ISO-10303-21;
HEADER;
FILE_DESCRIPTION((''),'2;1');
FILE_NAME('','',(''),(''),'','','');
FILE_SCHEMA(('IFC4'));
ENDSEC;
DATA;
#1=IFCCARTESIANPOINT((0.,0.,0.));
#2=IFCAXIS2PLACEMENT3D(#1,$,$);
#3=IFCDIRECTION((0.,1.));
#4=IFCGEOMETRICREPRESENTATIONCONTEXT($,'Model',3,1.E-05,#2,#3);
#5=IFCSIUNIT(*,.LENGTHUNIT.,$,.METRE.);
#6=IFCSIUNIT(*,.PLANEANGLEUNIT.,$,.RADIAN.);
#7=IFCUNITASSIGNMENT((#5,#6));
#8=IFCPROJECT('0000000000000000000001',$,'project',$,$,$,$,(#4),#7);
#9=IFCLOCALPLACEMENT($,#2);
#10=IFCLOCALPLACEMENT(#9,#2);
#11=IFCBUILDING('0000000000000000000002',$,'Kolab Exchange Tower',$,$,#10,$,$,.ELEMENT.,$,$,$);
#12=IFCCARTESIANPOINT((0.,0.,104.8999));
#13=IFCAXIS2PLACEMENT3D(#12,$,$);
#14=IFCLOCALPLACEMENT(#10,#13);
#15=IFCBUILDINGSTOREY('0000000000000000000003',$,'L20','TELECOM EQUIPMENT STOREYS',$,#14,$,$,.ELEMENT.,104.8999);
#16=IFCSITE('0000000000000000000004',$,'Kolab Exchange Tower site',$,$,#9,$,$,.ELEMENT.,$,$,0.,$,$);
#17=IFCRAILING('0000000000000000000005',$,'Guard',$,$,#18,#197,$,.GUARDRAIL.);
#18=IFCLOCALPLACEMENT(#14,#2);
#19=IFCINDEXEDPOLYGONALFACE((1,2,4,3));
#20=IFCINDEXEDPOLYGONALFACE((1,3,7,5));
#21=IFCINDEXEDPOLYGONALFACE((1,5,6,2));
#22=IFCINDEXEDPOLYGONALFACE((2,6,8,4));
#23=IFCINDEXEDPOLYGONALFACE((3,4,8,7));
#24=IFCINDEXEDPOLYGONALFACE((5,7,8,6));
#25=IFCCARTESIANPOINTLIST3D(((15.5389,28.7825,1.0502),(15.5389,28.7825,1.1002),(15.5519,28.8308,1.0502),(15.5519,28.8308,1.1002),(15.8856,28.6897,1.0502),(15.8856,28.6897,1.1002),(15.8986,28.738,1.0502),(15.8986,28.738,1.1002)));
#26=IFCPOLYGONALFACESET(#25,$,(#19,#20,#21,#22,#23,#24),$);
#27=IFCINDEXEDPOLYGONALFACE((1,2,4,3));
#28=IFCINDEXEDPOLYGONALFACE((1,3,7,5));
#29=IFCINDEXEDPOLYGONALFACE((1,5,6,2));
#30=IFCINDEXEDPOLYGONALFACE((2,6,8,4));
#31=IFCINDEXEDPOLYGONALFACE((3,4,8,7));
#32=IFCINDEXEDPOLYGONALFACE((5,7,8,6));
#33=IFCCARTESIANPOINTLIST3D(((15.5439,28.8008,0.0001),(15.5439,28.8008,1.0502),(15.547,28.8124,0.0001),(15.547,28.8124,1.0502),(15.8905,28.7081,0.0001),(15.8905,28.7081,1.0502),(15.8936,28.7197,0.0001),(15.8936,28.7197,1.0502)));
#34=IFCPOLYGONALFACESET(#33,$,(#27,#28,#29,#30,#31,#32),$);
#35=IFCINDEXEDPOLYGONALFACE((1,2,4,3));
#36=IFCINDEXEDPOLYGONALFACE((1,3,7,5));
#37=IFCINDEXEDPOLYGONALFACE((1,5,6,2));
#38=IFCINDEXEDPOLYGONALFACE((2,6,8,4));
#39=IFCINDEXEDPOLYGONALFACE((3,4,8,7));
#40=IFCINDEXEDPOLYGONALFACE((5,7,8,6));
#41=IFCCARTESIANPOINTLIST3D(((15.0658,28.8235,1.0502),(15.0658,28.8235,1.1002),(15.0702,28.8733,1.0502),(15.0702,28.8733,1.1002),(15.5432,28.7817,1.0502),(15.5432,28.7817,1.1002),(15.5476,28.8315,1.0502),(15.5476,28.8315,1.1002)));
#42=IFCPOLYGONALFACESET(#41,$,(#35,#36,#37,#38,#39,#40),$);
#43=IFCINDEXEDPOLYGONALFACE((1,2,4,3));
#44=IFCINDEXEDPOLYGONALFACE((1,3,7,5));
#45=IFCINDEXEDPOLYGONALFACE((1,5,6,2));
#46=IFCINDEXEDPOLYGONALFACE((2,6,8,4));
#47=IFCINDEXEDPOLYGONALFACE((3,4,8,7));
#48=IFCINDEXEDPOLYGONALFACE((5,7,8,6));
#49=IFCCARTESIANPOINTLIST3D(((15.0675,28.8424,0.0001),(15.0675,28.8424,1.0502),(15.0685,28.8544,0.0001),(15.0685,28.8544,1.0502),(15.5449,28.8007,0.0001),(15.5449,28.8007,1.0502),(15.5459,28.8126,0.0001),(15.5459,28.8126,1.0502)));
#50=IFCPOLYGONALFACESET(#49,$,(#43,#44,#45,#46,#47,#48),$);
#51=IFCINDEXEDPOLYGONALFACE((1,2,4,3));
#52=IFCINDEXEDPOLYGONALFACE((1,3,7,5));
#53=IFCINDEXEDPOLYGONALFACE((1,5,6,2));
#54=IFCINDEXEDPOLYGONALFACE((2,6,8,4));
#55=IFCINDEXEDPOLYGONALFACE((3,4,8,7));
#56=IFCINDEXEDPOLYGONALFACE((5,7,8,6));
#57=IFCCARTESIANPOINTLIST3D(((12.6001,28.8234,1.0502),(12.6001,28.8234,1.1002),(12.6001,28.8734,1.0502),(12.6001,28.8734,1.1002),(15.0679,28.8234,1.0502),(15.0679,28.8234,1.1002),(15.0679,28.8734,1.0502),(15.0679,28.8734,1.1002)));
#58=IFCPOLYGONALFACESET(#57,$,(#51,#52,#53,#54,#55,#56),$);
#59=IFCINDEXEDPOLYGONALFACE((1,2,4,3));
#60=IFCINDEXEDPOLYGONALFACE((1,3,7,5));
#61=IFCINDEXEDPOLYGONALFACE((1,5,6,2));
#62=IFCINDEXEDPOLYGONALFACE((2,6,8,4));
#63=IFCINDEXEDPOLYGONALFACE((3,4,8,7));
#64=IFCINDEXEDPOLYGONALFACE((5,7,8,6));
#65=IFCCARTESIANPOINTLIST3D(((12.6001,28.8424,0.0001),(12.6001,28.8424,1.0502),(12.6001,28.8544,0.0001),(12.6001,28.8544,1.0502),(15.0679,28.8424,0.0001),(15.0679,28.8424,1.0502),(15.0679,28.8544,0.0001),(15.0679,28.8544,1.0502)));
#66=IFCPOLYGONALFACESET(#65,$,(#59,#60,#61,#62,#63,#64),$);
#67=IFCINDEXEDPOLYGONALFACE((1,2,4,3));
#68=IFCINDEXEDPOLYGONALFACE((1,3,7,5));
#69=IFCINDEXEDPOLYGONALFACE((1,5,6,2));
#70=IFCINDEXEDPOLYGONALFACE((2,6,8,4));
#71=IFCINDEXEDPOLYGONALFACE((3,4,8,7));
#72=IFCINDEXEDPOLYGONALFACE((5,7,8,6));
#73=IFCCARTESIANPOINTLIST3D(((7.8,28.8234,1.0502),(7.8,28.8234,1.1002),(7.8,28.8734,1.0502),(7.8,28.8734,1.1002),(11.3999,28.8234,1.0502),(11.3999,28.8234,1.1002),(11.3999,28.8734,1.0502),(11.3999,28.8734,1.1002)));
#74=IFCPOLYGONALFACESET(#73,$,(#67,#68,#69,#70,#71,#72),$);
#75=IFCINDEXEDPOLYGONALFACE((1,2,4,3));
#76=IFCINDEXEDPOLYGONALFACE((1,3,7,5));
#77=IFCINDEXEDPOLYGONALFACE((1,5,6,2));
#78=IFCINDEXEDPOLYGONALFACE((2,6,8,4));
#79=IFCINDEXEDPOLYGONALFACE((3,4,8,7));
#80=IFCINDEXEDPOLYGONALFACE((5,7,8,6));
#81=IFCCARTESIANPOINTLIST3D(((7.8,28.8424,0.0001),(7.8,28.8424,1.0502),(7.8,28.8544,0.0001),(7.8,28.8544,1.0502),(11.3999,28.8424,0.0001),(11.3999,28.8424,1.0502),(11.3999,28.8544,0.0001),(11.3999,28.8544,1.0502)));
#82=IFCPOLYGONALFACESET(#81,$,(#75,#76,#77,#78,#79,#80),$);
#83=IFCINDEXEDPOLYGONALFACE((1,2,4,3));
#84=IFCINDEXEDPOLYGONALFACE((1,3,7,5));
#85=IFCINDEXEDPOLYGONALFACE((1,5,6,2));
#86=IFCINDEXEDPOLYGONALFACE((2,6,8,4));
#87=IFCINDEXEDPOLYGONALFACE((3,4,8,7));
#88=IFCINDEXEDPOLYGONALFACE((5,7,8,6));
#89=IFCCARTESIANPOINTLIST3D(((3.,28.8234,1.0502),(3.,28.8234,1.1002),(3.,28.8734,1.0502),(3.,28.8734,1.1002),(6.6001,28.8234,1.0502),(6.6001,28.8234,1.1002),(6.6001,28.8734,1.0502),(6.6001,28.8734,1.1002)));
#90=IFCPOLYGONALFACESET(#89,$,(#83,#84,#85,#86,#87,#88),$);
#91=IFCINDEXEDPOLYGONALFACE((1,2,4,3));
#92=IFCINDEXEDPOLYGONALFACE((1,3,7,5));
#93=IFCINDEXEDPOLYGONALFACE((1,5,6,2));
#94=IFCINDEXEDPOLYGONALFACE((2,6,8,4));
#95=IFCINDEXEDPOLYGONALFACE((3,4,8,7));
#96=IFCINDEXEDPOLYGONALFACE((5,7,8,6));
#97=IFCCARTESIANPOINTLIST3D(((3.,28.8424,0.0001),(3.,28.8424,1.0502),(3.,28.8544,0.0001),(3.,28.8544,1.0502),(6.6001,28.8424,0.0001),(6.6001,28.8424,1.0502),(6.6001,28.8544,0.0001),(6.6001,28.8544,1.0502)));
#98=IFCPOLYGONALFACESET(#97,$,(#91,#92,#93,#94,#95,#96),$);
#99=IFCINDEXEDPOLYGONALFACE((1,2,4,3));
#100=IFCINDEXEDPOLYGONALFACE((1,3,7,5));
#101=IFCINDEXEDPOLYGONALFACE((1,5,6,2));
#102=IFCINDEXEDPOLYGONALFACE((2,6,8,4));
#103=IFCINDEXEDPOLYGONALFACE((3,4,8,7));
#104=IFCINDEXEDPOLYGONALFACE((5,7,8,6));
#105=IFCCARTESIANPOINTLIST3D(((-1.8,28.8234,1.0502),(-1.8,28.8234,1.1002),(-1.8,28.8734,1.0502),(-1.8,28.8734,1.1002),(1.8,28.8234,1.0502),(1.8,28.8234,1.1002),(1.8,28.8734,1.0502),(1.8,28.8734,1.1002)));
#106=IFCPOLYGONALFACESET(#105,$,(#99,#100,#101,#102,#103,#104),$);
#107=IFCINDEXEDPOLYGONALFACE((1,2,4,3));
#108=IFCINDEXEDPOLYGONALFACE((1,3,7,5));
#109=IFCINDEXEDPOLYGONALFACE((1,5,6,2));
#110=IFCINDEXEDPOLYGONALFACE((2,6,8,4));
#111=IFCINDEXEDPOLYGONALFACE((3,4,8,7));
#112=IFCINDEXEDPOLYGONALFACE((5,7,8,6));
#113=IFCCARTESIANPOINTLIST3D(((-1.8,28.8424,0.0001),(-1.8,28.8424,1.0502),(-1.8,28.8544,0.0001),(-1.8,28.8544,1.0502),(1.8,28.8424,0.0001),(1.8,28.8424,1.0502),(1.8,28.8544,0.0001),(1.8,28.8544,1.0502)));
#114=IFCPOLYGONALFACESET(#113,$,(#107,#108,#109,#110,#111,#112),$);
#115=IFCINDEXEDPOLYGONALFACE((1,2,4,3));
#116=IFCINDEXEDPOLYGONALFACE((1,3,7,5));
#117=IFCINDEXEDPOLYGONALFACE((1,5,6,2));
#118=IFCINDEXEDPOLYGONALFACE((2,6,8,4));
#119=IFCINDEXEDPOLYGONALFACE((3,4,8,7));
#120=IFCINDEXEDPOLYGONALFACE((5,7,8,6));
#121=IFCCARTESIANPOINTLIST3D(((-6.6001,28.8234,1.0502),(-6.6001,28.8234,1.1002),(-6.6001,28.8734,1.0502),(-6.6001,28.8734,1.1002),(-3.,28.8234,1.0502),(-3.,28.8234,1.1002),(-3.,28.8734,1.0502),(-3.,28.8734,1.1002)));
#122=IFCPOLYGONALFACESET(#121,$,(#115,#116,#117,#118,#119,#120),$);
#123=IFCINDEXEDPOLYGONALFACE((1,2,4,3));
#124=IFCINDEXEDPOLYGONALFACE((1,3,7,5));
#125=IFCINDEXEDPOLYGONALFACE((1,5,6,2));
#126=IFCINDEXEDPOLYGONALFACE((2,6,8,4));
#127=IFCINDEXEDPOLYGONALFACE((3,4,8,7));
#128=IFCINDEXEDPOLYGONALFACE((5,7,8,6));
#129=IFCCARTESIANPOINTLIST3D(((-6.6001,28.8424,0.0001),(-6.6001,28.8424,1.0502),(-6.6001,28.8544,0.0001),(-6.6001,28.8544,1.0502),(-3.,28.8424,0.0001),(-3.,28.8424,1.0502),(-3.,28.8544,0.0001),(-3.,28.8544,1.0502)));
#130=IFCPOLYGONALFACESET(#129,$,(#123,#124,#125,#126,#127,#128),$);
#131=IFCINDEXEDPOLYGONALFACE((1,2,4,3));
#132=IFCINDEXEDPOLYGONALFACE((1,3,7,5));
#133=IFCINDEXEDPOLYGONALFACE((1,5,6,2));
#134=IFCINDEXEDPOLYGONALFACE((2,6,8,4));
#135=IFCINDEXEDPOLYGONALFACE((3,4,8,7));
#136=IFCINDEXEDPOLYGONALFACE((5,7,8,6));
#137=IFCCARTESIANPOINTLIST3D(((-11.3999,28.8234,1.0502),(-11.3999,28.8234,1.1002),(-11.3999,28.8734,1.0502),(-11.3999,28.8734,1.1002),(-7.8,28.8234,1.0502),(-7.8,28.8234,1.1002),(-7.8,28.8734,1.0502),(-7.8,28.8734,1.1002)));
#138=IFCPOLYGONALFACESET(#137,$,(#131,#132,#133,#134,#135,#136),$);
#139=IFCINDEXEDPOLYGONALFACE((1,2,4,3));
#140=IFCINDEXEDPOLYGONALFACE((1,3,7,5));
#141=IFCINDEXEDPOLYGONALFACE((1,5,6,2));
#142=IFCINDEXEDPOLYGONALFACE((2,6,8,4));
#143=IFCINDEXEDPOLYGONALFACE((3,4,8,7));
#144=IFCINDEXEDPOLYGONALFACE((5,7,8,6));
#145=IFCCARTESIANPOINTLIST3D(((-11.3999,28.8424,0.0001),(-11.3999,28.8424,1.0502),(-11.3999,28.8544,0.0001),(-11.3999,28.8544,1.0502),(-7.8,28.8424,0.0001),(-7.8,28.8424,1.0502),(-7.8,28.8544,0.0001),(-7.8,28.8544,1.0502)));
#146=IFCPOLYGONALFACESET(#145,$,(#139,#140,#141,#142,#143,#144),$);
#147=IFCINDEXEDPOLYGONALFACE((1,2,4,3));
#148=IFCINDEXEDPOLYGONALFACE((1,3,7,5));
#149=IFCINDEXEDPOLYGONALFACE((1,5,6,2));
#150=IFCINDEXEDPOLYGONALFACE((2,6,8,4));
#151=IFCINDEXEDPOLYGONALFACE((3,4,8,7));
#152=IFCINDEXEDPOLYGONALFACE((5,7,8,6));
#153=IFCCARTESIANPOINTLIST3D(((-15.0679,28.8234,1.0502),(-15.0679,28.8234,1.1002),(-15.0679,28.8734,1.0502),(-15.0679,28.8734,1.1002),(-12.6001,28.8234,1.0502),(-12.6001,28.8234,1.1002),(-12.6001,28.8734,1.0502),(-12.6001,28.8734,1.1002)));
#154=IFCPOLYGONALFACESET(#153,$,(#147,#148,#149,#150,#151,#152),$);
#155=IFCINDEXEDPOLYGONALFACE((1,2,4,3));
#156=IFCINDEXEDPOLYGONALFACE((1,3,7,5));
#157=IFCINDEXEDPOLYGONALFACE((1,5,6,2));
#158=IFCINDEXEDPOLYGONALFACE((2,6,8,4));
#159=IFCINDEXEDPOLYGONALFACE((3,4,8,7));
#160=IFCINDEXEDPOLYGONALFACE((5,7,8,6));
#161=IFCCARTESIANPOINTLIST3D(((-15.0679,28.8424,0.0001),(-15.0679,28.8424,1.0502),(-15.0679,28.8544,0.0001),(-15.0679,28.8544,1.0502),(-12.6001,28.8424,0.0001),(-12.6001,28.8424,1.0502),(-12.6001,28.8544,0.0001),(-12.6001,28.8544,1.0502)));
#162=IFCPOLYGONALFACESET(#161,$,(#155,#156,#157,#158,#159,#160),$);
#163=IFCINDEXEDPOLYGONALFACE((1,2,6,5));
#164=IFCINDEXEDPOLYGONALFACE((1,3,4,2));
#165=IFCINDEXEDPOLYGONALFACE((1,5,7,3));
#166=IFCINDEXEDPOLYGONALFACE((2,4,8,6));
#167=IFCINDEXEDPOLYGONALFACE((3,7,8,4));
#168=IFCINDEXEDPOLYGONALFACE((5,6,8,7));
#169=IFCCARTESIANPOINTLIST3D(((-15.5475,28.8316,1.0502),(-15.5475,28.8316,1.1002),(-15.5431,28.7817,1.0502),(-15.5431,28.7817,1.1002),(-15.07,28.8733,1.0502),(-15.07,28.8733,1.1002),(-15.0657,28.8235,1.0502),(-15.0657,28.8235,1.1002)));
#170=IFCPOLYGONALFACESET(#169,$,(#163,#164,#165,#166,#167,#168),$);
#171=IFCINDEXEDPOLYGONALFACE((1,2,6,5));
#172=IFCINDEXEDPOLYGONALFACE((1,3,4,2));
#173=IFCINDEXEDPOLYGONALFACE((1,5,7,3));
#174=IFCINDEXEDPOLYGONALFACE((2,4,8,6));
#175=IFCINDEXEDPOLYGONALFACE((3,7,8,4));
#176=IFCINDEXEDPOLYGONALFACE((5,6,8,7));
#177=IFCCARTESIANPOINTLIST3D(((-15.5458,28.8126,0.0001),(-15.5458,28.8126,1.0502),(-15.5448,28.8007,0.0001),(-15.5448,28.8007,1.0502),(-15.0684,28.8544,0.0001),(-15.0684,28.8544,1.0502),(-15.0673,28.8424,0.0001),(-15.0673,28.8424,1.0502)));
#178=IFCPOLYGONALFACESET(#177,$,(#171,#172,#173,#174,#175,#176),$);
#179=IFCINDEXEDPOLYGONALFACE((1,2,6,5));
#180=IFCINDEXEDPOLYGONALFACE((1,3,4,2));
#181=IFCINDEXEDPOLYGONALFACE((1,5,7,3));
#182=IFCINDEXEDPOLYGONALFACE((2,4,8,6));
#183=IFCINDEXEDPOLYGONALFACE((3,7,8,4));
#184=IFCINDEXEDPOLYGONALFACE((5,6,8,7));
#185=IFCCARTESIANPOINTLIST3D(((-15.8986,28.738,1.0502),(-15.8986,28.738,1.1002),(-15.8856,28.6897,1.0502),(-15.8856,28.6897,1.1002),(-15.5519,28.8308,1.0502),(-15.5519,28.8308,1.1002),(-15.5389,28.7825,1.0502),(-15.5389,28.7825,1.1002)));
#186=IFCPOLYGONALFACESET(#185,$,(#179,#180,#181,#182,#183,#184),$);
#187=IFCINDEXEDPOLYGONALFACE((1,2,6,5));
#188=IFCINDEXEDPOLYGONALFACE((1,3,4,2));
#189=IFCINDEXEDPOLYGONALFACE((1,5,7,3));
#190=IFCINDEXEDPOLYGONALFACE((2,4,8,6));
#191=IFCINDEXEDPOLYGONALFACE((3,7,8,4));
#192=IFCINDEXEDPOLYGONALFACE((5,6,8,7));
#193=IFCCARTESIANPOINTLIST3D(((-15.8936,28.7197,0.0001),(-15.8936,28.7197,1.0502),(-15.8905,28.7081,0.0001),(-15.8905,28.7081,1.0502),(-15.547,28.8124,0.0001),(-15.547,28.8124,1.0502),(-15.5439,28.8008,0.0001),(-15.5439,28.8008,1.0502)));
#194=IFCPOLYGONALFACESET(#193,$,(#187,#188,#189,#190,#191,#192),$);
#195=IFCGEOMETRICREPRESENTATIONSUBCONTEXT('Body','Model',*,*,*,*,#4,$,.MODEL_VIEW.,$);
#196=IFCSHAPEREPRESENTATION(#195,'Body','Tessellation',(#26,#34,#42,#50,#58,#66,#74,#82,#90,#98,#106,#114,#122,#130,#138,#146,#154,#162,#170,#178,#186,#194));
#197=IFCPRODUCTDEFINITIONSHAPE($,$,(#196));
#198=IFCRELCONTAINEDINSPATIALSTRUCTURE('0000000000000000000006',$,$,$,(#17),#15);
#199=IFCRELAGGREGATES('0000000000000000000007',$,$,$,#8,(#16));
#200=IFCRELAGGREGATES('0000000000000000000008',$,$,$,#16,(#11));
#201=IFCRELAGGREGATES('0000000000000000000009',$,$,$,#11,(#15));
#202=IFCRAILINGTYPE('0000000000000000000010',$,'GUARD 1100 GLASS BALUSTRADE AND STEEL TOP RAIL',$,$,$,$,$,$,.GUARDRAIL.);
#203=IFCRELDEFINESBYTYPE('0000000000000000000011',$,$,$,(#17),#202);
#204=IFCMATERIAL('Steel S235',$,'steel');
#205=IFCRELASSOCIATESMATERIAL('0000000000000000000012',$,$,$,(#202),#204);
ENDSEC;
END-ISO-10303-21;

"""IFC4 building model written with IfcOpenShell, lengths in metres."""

from ifc_helpers import new_model, si_unit, direction, frame, frame_2d, origin, origin_2d, place, context, subcontext, project, spatial, rectangle, extrude, material, type_object, element, save


model = new_model("IFC4")

# Units and contexts
model_context = context("Model", 3, precision=1e-05, world=origin(), true_north=direction((0.0, 1.0)))
body_context = subcontext(model_context, "Body", "Model", "MODEL_VIEW")
ifc_project = project(units=[si_unit("LENGTHUNIT", "METRE"), si_unit("PLANEANGLEUNIT", "RADIAN")], contexts=[model_context])

# Site, building, storey
site_placement = place(None, origin())
site = spatial("IfcSite", under=ifc_project, at=site_placement, Name="Kolab Exchange Tower site", CompositionType="ELEMENT", RefElevation=0.0)
building_placement = place(site_placement, origin())
building = spatial("IfcBuilding", under=site, at=building_placement, Name="Kolab Exchange Tower", CompositionType="ELEMENT")
storey_placement = place(building_placement, frame((0.0, 0.0, 104.8999)))
storey = spatial("IfcBuildingStorey", under=building, at=storey_placement, Name="L20", Description="TELECOM EQUIPMENT STOREYS", CompositionType="ELEMENT", Elevation=104.8999)

# Railing
ifc_material_1 = material(Name="Steel S235", Category="steel")
railing_type = type_object("IfcRailingType", Name="GUARD 1100 GLASS BALUSTRADE AND STEEL TOP RAIL", PredefinedType="GUARDRAIL", material=ifc_material_1)
railing_placement = place(storey_placement, frame((15.8921, 28.7139, 0.0)))
element("IfcRailing", 1, at=railing_placement, inside=storey, type_object=railing_type, Name="Guard", PredefinedType="GUARDRAIL", context=body_context, shape_type="SweptSolid", body=[
    extrude(rectangle(XDim=0.05, YDim=0.05, at=origin_2d()), frame((0.0, 0.0, 1.0752), z_axis=(-0.966009, 0.258509, 0.0), x_axis=(-0.258509, -0.966009, 0.0)), (0.0, 0.0, 1.0), 0.3589),
    extrude(rectangle(XDim=0.012, YDim=1.0501, at=frame_2d((0.0, 0.5251))), frame((0.0, 0.0, 0.0), z_axis=(-0.966009, 0.258509, 0.0), x_axis=(-0.258509, -0.966009, 0.0)), (0.0, 0.0, 1.0), 0.3589),
    extrude(rectangle(XDim=0.05, YDim=0.05, at=origin_2d()), frame((-0.3467, 0.0928, 1.0752), z_axis=(-0.9962, 0.087091, 0.0), x_axis=(-0.087091, -0.9962, 0.0)), (0.0, 0.0, 1.0), 0.4792),
    extrude(rectangle(XDim=0.012, YDim=1.0501, at=frame_2d((0.0, 0.5251))), frame((-0.3467, 0.0928, 0.0), z_axis=(-0.9962, 0.087091, 0.0), x_axis=(-0.087091, -0.9962, 0.0)), (0.0, 0.0, 1.0), 0.4792),
    extrude(rectangle(XDim=0.05, YDim=0.05, at=origin_2d()), frame((-0.8242, 0.1345, 1.0752), z_axis=(-1.0, 0.0, 0.0), x_axis=(0.0, -1.0, 0.0)), (0.0, 0.0, 1.0), 2.4678),
    extrude(rectangle(XDim=0.012, YDim=1.0501, at=frame_2d((0.0, 0.5251))), frame((-0.8242, 0.1345, 0.0), z_axis=(-1.0, 0.0, 0.0), x_axis=(0.0, -1.0, 0.0)), (0.0, 0.0, 1.0), 2.4678),
    extrude(rectangle(XDim=0.05, YDim=0.05, at=origin_2d()), frame((-4.4922, 0.1345, 1.0752), z_axis=(-1.0, 0.0, 0.0), x_axis=(0.0, -1.0, 0.0)), (0.0, 0.0, 1.0), 3.5999),
    extrude(rectangle(XDim=0.012, YDim=1.0501, at=frame_2d((0.0, 0.5251))), frame((-4.4922, 0.1345, 0.0), z_axis=(-1.0, 0.0, 0.0), x_axis=(0.0, -1.0, 0.0)), (0.0, 0.0, 1.0), 3.5999),
    extrude(rectangle(XDim=0.05, YDim=0.05, at=origin_2d()), frame((-9.292, 0.1345, 1.0752), z_axis=(-1.0, 0.0, 0.0), x_axis=(0.0, -1.0, 0.0)), (0.0, 0.0, 1.0), 3.6001),
    extrude(rectangle(XDim=0.012, YDim=1.0501, at=frame_2d((0.0, 0.5251))), frame((-9.292, 0.1345, 0.0), z_axis=(-1.0, 0.0, 0.0), x_axis=(0.0, -1.0, 0.0)), (0.0, 0.0, 1.0), 3.6001),
    extrude(rectangle(XDim=0.05, YDim=0.05, at=origin_2d()), frame((-14.092, 0.1345, 1.0752), z_axis=(-1.0, 0.0, 0.0), x_axis=(0.0, -1.0, 0.0)), (0.0, 0.0, 1.0), 3.6001),
    extrude(rectangle(XDim=0.012, YDim=1.0501, at=frame_2d((0.0, 0.5251))), frame((-14.092, 0.1345, 0.0), z_axis=(-1.0, 0.0, 0.0), x_axis=(0.0, -1.0, 0.0)), (0.0, 0.0, 1.0), 3.6001),
    extrude(rectangle(XDim=0.05, YDim=0.05, at=origin_2d()), frame((-18.8921, 0.1345, 1.0752), z_axis=(-1.0, 0.0, 0.0), x_axis=(0.0, -1.0, 0.0)), (0.0, 0.0, 1.0), 3.6001),
    extrude(rectangle(XDim=0.012, YDim=1.0501, at=frame_2d((0.0, 0.5251))), frame((-18.8921, 0.1345, 0.0), z_axis=(-1.0, 0.0, 0.0), x_axis=(0.0, -1.0, 0.0)), (0.0, 0.0, 1.0), 3.6001),
    extrude(rectangle(XDim=0.05, YDim=0.05, at=origin_2d()), frame((-23.6921, 0.1345, 1.0752), z_axis=(-1.0, 0.0, 0.0), x_axis=(0.0, -1.0, 0.0)), (0.0, 0.0, 1.0), 3.5999),
    extrude(rectangle(XDim=0.012, YDim=1.0501, at=frame_2d((0.0, 0.5251))), frame((-23.6921, 0.1345, 0.0), z_axis=(-1.0, 0.0, 0.0), x_axis=(0.0, -1.0, 0.0)), (0.0, 0.0, 1.0), 3.5999),
    extrude(rectangle(XDim=0.05, YDim=0.05, at=origin_2d()), frame((-28.4922, 0.1345, 1.0752), z_axis=(-1.0, 0.0, 0.0), x_axis=(0.0, -1.0, 0.0)), (0.0, 0.0, 1.0), 2.4678),
    extrude(rectangle(XDim=0.012, YDim=1.0501, at=frame_2d((0.0, 0.5251))), frame((-28.4922, 0.1345, 0.0), z_axis=(-1.0, 0.0, 0.0), x_axis=(0.0, -1.0, 0.0)), (0.0, 0.0, 1.0), 2.4678),
    extrude(rectangle(XDim=0.05, YDim=0.05, at=origin_2d()), frame((-30.96, 0.1345, 1.0752), z_axis=(-0.9962, -0.087091, 0.0), x_axis=(0.087091, -0.9962, 0.0)), (0.0, 0.0, 1.0), 0.4792),
    extrude(rectangle(XDim=0.012, YDim=1.0501, at=frame_2d((0.0, 0.5251))), frame((-30.96, 0.1345, 0.0), z_axis=(-0.9962, -0.087091, 0.0), x_axis=(0.087091, -0.9962, 0.0)), (0.0, 0.0, 1.0), 0.4792),
    extrude(rectangle(XDim=0.05, YDim=0.05, at=origin_2d()), frame((-31.4375, 0.0928, 1.0752), z_axis=(-0.966009, -0.258509, 0.0), x_axis=(0.258509, -0.966009, 0.0)), (0.0, 0.0, 1.0), 0.3589),
    extrude(rectangle(XDim=0.012, YDim=1.0501, at=frame_2d((0.0, 0.5251))), frame((-31.4375, 0.0928, 0.0), z_axis=(-0.966009, -0.258509, 0.0), x_axis=(0.258509, -0.966009, 0.0)), (0.0, 0.0, 1.0), 0.3589),
])

save(model, "model.ifc")
